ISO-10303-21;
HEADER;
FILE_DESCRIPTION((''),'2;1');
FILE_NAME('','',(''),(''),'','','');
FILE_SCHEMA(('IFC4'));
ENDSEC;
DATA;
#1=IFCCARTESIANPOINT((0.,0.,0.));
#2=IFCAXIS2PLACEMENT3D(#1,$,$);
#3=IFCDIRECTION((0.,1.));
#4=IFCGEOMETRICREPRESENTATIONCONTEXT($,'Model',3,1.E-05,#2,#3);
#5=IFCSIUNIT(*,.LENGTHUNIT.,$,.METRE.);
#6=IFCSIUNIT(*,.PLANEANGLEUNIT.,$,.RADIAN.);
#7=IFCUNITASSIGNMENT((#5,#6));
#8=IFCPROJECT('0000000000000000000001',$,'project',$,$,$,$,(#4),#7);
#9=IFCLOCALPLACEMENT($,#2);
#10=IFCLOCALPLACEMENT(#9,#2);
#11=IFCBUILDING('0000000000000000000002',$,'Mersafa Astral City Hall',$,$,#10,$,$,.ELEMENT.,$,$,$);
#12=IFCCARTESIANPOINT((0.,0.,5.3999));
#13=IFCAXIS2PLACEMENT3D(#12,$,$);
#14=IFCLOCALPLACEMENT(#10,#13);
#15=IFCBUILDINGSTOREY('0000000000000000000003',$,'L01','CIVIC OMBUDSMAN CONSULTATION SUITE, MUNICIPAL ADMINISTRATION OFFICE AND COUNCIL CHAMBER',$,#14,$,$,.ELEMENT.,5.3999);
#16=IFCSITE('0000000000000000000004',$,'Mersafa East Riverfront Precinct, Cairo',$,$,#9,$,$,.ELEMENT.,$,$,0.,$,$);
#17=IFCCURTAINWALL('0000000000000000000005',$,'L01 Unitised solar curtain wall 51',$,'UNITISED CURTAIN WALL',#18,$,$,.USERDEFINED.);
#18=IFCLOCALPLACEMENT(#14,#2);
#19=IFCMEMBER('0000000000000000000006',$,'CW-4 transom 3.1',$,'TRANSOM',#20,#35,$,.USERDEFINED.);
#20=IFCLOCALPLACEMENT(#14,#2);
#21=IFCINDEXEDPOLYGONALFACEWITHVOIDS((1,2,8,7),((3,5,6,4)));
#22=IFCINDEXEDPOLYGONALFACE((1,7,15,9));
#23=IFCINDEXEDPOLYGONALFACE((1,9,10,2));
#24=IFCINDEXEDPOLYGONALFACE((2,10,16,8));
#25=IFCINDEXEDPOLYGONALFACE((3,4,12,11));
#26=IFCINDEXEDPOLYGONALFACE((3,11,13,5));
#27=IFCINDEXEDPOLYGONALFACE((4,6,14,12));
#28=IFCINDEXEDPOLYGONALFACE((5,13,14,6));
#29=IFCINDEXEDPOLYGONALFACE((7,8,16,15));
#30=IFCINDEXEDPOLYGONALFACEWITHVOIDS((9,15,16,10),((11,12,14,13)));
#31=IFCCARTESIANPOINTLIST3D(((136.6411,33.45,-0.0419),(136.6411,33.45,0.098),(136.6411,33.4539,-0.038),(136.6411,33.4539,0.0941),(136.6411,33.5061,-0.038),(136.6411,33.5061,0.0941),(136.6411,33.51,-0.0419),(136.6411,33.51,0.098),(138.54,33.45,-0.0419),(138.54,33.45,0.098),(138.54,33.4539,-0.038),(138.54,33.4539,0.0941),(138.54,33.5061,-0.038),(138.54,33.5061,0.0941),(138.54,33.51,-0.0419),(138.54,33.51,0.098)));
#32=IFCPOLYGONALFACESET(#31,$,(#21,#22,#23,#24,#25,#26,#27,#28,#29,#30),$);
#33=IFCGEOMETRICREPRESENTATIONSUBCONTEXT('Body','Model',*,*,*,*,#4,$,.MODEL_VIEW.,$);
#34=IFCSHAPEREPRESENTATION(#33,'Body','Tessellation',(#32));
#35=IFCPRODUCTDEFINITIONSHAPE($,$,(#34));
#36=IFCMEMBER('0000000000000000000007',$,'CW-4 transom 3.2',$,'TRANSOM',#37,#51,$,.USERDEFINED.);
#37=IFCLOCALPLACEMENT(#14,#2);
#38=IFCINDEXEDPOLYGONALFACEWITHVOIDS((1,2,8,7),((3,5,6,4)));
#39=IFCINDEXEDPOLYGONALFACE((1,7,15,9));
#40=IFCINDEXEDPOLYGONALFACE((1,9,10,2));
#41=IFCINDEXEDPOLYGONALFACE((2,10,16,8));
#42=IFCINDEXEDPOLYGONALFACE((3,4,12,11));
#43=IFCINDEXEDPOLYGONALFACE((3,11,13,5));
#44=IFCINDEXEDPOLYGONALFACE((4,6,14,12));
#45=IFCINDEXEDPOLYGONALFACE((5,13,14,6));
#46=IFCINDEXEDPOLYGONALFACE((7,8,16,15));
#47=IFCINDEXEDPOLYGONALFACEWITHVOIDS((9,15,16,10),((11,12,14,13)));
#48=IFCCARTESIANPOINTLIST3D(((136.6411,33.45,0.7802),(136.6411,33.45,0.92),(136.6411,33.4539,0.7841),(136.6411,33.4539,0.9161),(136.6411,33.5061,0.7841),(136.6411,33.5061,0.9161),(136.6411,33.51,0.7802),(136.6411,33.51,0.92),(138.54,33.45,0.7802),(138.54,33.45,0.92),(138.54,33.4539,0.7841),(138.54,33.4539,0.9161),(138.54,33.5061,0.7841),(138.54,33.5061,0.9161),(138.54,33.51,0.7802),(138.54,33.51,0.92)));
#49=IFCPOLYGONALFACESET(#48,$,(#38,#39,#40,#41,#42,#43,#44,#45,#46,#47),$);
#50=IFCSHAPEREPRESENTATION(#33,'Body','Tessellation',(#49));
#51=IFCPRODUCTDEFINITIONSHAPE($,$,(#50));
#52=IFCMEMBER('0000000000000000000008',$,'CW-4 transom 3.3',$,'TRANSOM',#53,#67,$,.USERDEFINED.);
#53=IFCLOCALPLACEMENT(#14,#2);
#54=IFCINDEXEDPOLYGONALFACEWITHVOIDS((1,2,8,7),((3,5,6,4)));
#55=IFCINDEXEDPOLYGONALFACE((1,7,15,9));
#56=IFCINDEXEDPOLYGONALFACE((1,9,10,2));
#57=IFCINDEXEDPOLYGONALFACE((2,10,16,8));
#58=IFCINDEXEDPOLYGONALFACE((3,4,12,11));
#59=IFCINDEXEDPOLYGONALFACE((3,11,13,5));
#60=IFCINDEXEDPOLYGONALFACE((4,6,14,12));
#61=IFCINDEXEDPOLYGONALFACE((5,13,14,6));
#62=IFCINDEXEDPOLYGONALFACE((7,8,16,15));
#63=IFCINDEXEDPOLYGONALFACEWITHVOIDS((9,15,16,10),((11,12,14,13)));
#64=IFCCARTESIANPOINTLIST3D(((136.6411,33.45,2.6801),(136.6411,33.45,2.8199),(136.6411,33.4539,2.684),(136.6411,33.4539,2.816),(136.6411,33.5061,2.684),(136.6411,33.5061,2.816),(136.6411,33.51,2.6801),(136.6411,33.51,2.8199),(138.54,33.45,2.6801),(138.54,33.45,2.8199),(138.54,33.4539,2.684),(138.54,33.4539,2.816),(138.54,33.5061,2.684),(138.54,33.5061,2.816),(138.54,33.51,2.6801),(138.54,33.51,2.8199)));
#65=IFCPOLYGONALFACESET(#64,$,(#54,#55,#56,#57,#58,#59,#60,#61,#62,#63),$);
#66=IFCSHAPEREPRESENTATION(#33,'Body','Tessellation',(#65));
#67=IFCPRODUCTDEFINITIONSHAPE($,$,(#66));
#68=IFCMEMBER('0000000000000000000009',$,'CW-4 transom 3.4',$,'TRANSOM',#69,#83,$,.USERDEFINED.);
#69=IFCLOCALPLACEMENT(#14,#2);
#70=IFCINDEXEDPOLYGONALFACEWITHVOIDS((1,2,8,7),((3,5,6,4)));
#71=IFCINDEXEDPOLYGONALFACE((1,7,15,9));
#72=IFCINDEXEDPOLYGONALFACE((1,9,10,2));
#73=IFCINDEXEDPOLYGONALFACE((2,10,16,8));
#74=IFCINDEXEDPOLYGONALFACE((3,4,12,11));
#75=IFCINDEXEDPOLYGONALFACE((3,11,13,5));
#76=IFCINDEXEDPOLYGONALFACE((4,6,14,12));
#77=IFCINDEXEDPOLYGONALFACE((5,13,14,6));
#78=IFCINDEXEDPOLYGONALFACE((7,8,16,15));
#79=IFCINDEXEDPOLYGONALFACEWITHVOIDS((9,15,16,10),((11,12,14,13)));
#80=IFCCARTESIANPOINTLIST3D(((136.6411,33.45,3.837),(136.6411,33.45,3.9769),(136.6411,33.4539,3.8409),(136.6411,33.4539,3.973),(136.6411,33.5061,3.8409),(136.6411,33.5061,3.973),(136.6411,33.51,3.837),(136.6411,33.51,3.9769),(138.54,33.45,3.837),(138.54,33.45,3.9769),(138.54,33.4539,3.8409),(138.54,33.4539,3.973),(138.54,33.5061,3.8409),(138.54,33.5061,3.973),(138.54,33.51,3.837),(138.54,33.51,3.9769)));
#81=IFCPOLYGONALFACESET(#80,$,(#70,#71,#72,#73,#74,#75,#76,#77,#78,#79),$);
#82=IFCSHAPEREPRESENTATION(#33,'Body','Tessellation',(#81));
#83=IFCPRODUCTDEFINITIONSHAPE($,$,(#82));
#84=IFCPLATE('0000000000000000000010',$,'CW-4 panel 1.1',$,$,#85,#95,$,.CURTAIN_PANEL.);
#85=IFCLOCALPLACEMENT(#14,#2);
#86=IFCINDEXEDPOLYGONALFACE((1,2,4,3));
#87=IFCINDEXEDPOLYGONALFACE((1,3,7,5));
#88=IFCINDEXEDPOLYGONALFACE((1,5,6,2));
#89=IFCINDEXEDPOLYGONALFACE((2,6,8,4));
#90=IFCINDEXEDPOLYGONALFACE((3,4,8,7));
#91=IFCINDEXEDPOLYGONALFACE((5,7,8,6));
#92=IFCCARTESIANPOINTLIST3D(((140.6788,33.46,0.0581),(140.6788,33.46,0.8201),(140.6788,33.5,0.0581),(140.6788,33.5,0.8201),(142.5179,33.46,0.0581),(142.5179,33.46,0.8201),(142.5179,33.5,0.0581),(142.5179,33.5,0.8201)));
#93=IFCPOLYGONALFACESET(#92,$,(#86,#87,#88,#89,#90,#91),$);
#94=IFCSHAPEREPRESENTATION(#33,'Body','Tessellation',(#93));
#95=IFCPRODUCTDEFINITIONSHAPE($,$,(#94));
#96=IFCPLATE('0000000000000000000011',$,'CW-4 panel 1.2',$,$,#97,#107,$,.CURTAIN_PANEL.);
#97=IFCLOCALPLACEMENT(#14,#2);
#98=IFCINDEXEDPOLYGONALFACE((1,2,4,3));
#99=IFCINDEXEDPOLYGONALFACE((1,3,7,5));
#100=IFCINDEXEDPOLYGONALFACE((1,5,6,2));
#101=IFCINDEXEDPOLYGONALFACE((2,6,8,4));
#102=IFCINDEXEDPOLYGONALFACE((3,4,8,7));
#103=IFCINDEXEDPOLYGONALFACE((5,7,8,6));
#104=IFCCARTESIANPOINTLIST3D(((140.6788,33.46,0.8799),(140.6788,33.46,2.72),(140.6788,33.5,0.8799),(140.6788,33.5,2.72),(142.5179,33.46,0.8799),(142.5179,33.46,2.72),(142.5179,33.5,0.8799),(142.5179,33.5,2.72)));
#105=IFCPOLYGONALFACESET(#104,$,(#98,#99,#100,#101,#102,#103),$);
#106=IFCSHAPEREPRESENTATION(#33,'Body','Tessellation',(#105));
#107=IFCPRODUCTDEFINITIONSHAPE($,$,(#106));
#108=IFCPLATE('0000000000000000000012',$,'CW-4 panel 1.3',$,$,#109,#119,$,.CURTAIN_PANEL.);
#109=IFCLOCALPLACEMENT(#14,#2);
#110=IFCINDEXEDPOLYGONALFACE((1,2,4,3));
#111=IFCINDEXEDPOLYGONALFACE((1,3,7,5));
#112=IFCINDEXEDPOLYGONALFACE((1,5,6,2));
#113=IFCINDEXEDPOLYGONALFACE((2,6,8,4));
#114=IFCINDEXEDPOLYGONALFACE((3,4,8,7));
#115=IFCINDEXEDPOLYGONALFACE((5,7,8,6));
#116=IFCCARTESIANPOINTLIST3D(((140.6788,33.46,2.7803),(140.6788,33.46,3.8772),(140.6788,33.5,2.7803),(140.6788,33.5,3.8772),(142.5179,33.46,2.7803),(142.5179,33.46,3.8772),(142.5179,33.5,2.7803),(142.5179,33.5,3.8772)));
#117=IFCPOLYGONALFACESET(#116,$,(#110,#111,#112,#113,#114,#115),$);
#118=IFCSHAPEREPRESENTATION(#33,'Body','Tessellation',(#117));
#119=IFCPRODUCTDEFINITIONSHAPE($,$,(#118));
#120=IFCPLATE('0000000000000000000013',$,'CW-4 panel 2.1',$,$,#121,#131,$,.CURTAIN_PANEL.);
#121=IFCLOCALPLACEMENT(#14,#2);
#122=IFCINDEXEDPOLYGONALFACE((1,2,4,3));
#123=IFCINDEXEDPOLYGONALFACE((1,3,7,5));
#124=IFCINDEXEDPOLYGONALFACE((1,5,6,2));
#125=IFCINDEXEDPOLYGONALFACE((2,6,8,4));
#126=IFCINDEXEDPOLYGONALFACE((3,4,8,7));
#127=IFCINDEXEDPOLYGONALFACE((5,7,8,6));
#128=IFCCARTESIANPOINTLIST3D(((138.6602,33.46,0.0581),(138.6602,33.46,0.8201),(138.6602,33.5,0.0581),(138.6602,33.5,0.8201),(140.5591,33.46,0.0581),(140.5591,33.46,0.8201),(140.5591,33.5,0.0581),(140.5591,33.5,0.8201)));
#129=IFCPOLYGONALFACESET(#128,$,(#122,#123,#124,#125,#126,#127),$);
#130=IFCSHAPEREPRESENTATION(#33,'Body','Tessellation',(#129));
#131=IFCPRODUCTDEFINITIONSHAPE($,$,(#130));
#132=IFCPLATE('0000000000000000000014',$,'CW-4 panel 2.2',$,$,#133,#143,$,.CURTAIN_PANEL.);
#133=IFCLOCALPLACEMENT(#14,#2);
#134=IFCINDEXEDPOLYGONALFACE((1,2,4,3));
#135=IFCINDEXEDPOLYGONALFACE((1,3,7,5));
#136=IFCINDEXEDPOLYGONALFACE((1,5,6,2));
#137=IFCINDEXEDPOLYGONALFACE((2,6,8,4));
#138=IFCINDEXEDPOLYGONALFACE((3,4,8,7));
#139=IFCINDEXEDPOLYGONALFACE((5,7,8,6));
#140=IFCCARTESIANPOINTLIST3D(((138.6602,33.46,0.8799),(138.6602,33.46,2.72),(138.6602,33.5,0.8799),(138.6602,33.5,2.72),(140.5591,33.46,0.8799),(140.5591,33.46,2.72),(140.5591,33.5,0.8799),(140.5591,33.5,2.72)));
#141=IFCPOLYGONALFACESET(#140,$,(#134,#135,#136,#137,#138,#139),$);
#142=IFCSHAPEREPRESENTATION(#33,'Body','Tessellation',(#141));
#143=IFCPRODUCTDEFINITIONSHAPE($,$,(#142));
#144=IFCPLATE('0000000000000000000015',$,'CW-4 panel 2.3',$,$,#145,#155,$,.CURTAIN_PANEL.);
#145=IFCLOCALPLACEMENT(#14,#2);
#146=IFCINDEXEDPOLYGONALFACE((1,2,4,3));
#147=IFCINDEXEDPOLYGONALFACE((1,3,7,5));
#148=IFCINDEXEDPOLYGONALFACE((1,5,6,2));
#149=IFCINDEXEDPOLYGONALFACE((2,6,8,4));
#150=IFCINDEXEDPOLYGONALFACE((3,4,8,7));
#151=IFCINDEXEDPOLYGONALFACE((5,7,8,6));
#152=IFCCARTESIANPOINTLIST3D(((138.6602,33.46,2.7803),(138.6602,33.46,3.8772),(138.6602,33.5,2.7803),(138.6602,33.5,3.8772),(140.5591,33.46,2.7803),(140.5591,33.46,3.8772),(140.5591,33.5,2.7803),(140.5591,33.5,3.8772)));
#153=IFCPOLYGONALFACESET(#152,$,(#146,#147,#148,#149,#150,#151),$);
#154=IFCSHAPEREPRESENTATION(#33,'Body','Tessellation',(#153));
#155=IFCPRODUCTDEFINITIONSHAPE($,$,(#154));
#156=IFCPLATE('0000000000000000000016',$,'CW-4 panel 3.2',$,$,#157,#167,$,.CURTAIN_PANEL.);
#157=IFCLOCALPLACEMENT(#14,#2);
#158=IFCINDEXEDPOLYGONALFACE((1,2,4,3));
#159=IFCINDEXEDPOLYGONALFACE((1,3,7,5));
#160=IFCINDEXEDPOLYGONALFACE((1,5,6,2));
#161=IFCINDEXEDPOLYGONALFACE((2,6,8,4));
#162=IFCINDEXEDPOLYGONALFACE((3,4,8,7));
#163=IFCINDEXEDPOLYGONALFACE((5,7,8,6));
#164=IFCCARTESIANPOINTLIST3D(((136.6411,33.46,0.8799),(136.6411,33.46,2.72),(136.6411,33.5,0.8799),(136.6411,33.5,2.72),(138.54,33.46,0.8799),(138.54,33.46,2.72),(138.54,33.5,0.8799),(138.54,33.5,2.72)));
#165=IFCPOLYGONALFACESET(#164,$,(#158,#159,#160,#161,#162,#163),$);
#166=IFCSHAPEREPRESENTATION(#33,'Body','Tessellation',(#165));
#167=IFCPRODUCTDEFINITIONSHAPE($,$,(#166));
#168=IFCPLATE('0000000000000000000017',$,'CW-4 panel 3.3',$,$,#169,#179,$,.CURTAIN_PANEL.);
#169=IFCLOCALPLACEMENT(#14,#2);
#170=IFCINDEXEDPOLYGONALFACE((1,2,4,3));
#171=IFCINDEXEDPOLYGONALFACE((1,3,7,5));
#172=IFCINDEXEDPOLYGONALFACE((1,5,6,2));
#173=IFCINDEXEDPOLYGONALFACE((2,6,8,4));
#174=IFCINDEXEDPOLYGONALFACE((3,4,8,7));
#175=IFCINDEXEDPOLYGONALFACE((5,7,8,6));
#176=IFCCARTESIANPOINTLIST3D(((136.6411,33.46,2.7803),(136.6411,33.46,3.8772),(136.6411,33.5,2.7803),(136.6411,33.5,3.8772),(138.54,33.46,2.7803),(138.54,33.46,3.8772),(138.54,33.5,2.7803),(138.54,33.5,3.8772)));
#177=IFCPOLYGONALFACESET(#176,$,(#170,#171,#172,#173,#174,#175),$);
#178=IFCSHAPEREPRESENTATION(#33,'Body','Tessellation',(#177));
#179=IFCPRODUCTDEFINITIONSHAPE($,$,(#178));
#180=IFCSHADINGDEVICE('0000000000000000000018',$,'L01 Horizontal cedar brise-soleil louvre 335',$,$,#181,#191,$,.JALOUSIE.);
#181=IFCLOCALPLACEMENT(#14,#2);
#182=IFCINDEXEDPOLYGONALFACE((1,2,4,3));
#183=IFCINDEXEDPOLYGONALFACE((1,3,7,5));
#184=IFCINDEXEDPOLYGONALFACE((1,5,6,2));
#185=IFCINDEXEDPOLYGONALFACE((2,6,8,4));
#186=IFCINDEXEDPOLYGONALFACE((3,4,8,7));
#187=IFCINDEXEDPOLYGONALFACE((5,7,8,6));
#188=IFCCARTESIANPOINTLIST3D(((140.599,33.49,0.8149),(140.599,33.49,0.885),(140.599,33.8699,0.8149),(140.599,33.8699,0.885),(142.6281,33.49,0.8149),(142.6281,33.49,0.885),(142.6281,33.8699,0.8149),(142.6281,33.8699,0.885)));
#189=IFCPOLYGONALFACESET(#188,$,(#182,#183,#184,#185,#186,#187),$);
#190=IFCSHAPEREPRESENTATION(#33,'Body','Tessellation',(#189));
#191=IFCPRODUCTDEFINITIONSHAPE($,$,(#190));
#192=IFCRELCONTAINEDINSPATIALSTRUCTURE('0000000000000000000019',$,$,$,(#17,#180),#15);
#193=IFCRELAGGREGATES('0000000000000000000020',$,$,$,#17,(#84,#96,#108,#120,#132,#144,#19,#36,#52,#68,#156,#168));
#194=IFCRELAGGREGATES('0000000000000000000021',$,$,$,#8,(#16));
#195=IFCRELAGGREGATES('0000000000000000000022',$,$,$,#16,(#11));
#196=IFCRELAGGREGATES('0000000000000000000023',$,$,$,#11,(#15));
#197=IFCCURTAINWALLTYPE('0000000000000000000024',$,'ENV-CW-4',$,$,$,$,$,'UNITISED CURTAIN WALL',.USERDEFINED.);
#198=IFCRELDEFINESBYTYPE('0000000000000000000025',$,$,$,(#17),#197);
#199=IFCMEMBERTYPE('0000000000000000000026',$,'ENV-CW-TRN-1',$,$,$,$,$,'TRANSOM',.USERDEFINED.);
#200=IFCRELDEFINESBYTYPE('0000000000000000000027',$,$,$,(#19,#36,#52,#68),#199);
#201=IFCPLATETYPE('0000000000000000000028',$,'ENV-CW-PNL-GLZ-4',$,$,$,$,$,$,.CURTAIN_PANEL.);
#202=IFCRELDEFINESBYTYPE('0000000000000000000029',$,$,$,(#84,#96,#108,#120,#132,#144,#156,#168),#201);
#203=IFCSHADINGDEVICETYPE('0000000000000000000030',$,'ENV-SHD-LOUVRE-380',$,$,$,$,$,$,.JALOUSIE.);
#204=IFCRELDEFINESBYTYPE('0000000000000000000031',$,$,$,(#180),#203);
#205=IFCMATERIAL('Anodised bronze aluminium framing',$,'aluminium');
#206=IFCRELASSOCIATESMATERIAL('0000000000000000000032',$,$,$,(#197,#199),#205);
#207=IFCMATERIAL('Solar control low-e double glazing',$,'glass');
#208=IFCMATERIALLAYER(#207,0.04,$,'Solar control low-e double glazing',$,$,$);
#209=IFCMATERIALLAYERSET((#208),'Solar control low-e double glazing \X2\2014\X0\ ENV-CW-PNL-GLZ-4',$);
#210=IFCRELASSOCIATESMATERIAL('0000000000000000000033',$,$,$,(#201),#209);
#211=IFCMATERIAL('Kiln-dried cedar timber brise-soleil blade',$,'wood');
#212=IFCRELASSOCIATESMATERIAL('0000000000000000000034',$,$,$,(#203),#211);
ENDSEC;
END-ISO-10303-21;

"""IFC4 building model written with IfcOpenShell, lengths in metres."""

from ifc_helpers import new_model, si_unit, direction, frame, origin, origin_2d, place, context, subcontext, project, spatial, rectangle, hollow_rectangle, extrude, material, layer, layer_set, material_profile, profile_set, type_object, element, aggregate, save


model = new_model("IFC4")

# Units and contexts
model_context = context("Model", 3, precision=1e-05, world=origin(), true_north=direction((0.0, 1.0)))
body_context = subcontext(model_context, "Body", "Model", "MODEL_VIEW")
ifc_project = project(units=[si_unit("LENGTHUNIT", "METRE"), si_unit("PLANEANGLEUNIT", "RADIAN")], contexts=[model_context])

# Site, building, storey
site_placement = place(None, origin())
site = spatial("IfcSite", under=ifc_project, at=site_placement, Name="Mersafa East Riverfront Precinct, Cairo", CompositionType="ELEMENT", RefElevation=0.0)
building_placement = place(site_placement, origin())
building = spatial("IfcBuilding", under=site, at=building_placement, Name="Mersafa Astral City Hall", CompositionType="ELEMENT")
storey_placement = place(building_placement, frame((0.0, 0.0, 5.3999)))
storey = spatial("IfcBuildingStorey", under=building, at=storey_placement, Name="L01", Description="CIVIC OMBUDSMAN CONSULTATION SUITE, MUNICIPAL ADMINISTRATION OFFICE AND COUNCIL CHAMBER", CompositionType="ELEMENT", Elevation=5.3999)

# Curtain wall, members, plates
ifc_material_1 = material(Name="Anodised bronze aluminium framing", Category="aluminium")
curtain_wall_type = type_object("IfcCurtainWallType", Name="ENV-CW-4", ElementType="UNITISED CURTAIN WALL", PredefinedType="USERDEFINED", material=ifc_material_1)
curtain_wall_placement = place(storey_placement, origin())
curtain_wall = element("IfcCurtainWall", 1, at=curtain_wall_placement, inside=storey, type_object=curtain_wall_type, Name="L01 Unitised solar curtain wall 51", ObjectType="UNITISED CURTAIN WALL", PredefinedType="USERDEFINED")
ifc_material_profile_1 = material_profile(ifc_material_1, hollow_rectangle(XDim=0.0601, YDim=0.1399, WallThickness=0.0039, at=origin_2d()), Name="RHS 60x140x4")
ifc_profile_set_1 = profile_set([ifc_material_profile_1], Name="Anodised bronze aluminium framing")
member_type_1 = type_object("IfcMemberType", Name="ENV-CW-TRN-1", ElementType="TRANSOM", PredefinedType="USERDEFINED", material=ifc_profile_set_1)
member_1_placement = place(storey_placement, frame((138.54, 33.48, 0.0281), z_axis=(-1.0, 0.0, 0.0), x_axis=(0.0, -1.0, 0.0)))
member_1 = element("IfcMember", 2, at=member_1_placement, type_object=member_type_1, Name="CW-4 transom 3.1", ObjectType="TRANSOM", PredefinedType="USERDEFINED", context=body_context, shape_type="SweptSolid", body=[
    extrude(hollow_rectangle(XDim=0.0601, YDim=0.1399, WallThickness=0.0039, at=origin_2d()), origin(), (0.0, 0.0, 1.0), 1.8989),
])
member_2_placement = place(storey_placement, frame((138.54, 33.48, 0.8501), z_axis=(-1.0, 0.0, 0.0), x_axis=(0.0, -1.0, 0.0)))
member_2 = element("IfcMember", 3, at=member_2_placement, type_object=member_type_1, Name="CW-4 transom 3.2", ObjectType="TRANSOM", PredefinedType="USERDEFINED", context=body_context, shape_type="SweptSolid", body=[
    extrude(hollow_rectangle(XDim=0.0601, YDim=0.1399, WallThickness=0.0039, at=origin_2d()), origin(), (0.0, 0.0, 1.0), 1.8989),
])
member_3_placement = place(storey_placement, frame((138.54, 33.48, 2.75), z_axis=(-1.0, 0.0, 0.0), x_axis=(0.0, -1.0, 0.0)))
member_3 = element("IfcMember", 4, at=member_3_placement, type_object=member_type_1, Name="CW-4 transom 3.3", ObjectType="TRANSOM", PredefinedType="USERDEFINED", context=body_context, shape_type="SweptSolid", body=[
    extrude(hollow_rectangle(XDim=0.0601, YDim=0.1399, WallThickness=0.0039, at=origin_2d()), origin(), (0.0, 0.0, 1.0), 1.8989),
])
member_4_placement = place(storey_placement, frame((138.54, 33.48, 3.907), z_axis=(-1.0, 0.0, 0.0), x_axis=(0.0, -1.0, 0.0)))
member_4 = element("IfcMember", 5, at=member_4_placement, type_object=member_type_1, Name="CW-4 transom 3.4", ObjectType="TRANSOM", PredefinedType="USERDEFINED", context=body_context, shape_type="SweptSolid", body=[
    extrude(hollow_rectangle(XDim=0.0601, YDim=0.1399, WallThickness=0.0039, at=origin_2d()), origin(), (0.0, 0.0, 1.0), 1.8989),
])
ifc_material_2 = material(Name="Solar control low-e double glazing", Category="glass")
ifc_layer = layer(ifc_material_2, 0.04, Name="Solar control low-e double glazing")
ifc_layer_set = layer_set([ifc_layer], Name="Solar control low-e double glazing — ENV-CW-PNL-GLZ-4")
plate_type = type_object("IfcPlateType", Name="ENV-CW-PNL-GLZ-4", PredefinedType="CURTAIN_PANEL", material=ifc_layer_set)
plate_1_placement = place(storey_placement, frame((141.5984, 33.48, 0.0581), z_axis=(0.0, 0.0, 1.0), x_axis=(-1.0, 0.0, 0.0)))
plate_1 = element("IfcPlate", 6, at=plate_1_placement, type_object=plate_type, Name="CW-4 panel 1.1", PredefinedType="CURTAIN_PANEL", context=body_context, shape_type="SweptSolid", body=[
    extrude(rectangle(XDim=1.8391, YDim=0.04, at=origin_2d()), origin(), (0.0, 0.0, 1.0), 0.762),
])
plate_2_placement = place(storey_placement, frame((141.5984, 33.48, 0.8799), z_axis=(0.0, 0.0, 1.0), x_axis=(-1.0, 0.0, 0.0)))
plate_2 = element("IfcPlate", 7, at=plate_2_placement, type_object=plate_type, Name="CW-4 panel 1.2", PredefinedType="CURTAIN_PANEL", context=body_context, shape_type="SweptSolid", body=[
    extrude(rectangle(XDim=1.8391, YDim=0.04, at=origin_2d()), origin(), (0.0, 0.0, 1.0), 1.8401),
])
plate_3_placement = place(storey_placement, frame((141.5984, 33.48, 2.7803), z_axis=(0.0, 0.0, 1.0), x_axis=(-1.0, 0.0, 0.0)))
plate_3 = element("IfcPlate", 8, at=plate_3_placement, type_object=plate_type, Name="CW-4 panel 1.3", PredefinedType="CURTAIN_PANEL", context=body_context, shape_type="SweptSolid", body=[
    extrude(rectangle(XDim=1.8391, YDim=0.04, at=origin_2d()), origin(), (0.0, 0.0, 1.0), 1.0969),
])
plate_4_placement = place(storey_placement, frame((139.6096, 33.48, 0.0581), z_axis=(0.0, 0.0, 1.0), x_axis=(-1.0, 0.0, 0.0)))
plate_4 = element("IfcPlate", 9, at=plate_4_placement, type_object=plate_type, Name="CW-4 panel 2.1", PredefinedType="CURTAIN_PANEL", context=body_context, shape_type="SweptSolid", body=[
    extrude(rectangle(XDim=1.8989, YDim=0.04, at=origin_2d()), origin(), (0.0, 0.0, 1.0), 0.762),
])
plate_5_placement = place(storey_placement, frame((139.6096, 33.48, 0.8799), z_axis=(0.0, 0.0, 1.0), x_axis=(-1.0, 0.0, 0.0)))
plate_5 = element("IfcPlate", 10, at=plate_5_placement, type_object=plate_type, Name="CW-4 panel 2.2", PredefinedType="CURTAIN_PANEL", context=body_context, shape_type="SweptSolid", body=[
    extrude(rectangle(XDim=1.8989, YDim=0.04, at=origin_2d()), origin(), (0.0, 0.0, 1.0), 1.8401),
])
plate_6_placement = place(storey_placement, frame((139.6096, 33.48, 2.7803), z_axis=(0.0, 0.0, 1.0), x_axis=(-1.0, 0.0, 0.0)))
plate_6 = element("IfcPlate", 11, at=plate_6_placement, type_object=plate_type, Name="CW-4 panel 2.3", PredefinedType="CURTAIN_PANEL", context=body_context, shape_type="SweptSolid", body=[
    extrude(rectangle(XDim=1.8989, YDim=0.04, at=origin_2d()), origin(), (0.0, 0.0, 1.0), 1.0969),
])
plate_7_placement = place(storey_placement, frame((137.5906, 33.48, 0.8799), z_axis=(0.0, 0.0, 1.0), x_axis=(-1.0, 0.0, 0.0)))
plate_7 = element("IfcPlate", 12, at=plate_7_placement, type_object=plate_type, Name="CW-4 panel 3.2", PredefinedType="CURTAIN_PANEL", context=body_context, shape_type="SweptSolid", body=[
    extrude(rectangle(XDim=1.8989, YDim=0.04, at=origin_2d()), origin(), (0.0, 0.0, 1.0), 1.8401),
])
plate_8_placement = place(storey_placement, frame((137.5906, 33.48, 2.7803), z_axis=(0.0, 0.0, 1.0), x_axis=(-1.0, 0.0, 0.0)))
plate_8 = element("IfcPlate", 13, at=plate_8_placement, type_object=plate_type, Name="CW-4 panel 3.3", PredefinedType="CURTAIN_PANEL", context=body_context, shape_type="SweptSolid", body=[
    extrude(rectangle(XDim=1.8989, YDim=0.04, at=origin_2d()), origin(), (0.0, 0.0, 1.0), 1.0969),
])
aggregate(curtain_wall, [plate_1, plate_2, plate_3, plate_4, plate_5, plate_6, member_1, member_2, member_3, member_4, plate_7, plate_8])

# Shading device
ifc_material_3 = material(Name="Kiln-dried cedar timber brise-soleil blade", Category="wood")
shading_device_type = type_object("IfcShadingDeviceType", Name="ENV-SHD-LOUVRE-380", PredefinedType="JALOUSIE", material=ifc_material_3)
shading_device_1_placement = place(storey_placement, frame((141.6135, 33.6799, 0.8149), z_axis=(0.0, 0.0, 1.0), x_axis=(-1.0, 0.0, 0.0)))
element("IfcShadingDevice", 14, at=shading_device_1_placement, inside=storey, type_object=shading_device_type, Name="L01 Horizontal cedar brise-soleil louvre 335", PredefinedType="JALOUSIE", context=body_context, shape_type="SweptSolid", body=[
    extrude(rectangle(XDim=2.0291, YDim=0.3799, at=origin_2d()), origin(), (0.0, 0.0, 1.0), 0.0701),
])

save(model, "model.ifc")
